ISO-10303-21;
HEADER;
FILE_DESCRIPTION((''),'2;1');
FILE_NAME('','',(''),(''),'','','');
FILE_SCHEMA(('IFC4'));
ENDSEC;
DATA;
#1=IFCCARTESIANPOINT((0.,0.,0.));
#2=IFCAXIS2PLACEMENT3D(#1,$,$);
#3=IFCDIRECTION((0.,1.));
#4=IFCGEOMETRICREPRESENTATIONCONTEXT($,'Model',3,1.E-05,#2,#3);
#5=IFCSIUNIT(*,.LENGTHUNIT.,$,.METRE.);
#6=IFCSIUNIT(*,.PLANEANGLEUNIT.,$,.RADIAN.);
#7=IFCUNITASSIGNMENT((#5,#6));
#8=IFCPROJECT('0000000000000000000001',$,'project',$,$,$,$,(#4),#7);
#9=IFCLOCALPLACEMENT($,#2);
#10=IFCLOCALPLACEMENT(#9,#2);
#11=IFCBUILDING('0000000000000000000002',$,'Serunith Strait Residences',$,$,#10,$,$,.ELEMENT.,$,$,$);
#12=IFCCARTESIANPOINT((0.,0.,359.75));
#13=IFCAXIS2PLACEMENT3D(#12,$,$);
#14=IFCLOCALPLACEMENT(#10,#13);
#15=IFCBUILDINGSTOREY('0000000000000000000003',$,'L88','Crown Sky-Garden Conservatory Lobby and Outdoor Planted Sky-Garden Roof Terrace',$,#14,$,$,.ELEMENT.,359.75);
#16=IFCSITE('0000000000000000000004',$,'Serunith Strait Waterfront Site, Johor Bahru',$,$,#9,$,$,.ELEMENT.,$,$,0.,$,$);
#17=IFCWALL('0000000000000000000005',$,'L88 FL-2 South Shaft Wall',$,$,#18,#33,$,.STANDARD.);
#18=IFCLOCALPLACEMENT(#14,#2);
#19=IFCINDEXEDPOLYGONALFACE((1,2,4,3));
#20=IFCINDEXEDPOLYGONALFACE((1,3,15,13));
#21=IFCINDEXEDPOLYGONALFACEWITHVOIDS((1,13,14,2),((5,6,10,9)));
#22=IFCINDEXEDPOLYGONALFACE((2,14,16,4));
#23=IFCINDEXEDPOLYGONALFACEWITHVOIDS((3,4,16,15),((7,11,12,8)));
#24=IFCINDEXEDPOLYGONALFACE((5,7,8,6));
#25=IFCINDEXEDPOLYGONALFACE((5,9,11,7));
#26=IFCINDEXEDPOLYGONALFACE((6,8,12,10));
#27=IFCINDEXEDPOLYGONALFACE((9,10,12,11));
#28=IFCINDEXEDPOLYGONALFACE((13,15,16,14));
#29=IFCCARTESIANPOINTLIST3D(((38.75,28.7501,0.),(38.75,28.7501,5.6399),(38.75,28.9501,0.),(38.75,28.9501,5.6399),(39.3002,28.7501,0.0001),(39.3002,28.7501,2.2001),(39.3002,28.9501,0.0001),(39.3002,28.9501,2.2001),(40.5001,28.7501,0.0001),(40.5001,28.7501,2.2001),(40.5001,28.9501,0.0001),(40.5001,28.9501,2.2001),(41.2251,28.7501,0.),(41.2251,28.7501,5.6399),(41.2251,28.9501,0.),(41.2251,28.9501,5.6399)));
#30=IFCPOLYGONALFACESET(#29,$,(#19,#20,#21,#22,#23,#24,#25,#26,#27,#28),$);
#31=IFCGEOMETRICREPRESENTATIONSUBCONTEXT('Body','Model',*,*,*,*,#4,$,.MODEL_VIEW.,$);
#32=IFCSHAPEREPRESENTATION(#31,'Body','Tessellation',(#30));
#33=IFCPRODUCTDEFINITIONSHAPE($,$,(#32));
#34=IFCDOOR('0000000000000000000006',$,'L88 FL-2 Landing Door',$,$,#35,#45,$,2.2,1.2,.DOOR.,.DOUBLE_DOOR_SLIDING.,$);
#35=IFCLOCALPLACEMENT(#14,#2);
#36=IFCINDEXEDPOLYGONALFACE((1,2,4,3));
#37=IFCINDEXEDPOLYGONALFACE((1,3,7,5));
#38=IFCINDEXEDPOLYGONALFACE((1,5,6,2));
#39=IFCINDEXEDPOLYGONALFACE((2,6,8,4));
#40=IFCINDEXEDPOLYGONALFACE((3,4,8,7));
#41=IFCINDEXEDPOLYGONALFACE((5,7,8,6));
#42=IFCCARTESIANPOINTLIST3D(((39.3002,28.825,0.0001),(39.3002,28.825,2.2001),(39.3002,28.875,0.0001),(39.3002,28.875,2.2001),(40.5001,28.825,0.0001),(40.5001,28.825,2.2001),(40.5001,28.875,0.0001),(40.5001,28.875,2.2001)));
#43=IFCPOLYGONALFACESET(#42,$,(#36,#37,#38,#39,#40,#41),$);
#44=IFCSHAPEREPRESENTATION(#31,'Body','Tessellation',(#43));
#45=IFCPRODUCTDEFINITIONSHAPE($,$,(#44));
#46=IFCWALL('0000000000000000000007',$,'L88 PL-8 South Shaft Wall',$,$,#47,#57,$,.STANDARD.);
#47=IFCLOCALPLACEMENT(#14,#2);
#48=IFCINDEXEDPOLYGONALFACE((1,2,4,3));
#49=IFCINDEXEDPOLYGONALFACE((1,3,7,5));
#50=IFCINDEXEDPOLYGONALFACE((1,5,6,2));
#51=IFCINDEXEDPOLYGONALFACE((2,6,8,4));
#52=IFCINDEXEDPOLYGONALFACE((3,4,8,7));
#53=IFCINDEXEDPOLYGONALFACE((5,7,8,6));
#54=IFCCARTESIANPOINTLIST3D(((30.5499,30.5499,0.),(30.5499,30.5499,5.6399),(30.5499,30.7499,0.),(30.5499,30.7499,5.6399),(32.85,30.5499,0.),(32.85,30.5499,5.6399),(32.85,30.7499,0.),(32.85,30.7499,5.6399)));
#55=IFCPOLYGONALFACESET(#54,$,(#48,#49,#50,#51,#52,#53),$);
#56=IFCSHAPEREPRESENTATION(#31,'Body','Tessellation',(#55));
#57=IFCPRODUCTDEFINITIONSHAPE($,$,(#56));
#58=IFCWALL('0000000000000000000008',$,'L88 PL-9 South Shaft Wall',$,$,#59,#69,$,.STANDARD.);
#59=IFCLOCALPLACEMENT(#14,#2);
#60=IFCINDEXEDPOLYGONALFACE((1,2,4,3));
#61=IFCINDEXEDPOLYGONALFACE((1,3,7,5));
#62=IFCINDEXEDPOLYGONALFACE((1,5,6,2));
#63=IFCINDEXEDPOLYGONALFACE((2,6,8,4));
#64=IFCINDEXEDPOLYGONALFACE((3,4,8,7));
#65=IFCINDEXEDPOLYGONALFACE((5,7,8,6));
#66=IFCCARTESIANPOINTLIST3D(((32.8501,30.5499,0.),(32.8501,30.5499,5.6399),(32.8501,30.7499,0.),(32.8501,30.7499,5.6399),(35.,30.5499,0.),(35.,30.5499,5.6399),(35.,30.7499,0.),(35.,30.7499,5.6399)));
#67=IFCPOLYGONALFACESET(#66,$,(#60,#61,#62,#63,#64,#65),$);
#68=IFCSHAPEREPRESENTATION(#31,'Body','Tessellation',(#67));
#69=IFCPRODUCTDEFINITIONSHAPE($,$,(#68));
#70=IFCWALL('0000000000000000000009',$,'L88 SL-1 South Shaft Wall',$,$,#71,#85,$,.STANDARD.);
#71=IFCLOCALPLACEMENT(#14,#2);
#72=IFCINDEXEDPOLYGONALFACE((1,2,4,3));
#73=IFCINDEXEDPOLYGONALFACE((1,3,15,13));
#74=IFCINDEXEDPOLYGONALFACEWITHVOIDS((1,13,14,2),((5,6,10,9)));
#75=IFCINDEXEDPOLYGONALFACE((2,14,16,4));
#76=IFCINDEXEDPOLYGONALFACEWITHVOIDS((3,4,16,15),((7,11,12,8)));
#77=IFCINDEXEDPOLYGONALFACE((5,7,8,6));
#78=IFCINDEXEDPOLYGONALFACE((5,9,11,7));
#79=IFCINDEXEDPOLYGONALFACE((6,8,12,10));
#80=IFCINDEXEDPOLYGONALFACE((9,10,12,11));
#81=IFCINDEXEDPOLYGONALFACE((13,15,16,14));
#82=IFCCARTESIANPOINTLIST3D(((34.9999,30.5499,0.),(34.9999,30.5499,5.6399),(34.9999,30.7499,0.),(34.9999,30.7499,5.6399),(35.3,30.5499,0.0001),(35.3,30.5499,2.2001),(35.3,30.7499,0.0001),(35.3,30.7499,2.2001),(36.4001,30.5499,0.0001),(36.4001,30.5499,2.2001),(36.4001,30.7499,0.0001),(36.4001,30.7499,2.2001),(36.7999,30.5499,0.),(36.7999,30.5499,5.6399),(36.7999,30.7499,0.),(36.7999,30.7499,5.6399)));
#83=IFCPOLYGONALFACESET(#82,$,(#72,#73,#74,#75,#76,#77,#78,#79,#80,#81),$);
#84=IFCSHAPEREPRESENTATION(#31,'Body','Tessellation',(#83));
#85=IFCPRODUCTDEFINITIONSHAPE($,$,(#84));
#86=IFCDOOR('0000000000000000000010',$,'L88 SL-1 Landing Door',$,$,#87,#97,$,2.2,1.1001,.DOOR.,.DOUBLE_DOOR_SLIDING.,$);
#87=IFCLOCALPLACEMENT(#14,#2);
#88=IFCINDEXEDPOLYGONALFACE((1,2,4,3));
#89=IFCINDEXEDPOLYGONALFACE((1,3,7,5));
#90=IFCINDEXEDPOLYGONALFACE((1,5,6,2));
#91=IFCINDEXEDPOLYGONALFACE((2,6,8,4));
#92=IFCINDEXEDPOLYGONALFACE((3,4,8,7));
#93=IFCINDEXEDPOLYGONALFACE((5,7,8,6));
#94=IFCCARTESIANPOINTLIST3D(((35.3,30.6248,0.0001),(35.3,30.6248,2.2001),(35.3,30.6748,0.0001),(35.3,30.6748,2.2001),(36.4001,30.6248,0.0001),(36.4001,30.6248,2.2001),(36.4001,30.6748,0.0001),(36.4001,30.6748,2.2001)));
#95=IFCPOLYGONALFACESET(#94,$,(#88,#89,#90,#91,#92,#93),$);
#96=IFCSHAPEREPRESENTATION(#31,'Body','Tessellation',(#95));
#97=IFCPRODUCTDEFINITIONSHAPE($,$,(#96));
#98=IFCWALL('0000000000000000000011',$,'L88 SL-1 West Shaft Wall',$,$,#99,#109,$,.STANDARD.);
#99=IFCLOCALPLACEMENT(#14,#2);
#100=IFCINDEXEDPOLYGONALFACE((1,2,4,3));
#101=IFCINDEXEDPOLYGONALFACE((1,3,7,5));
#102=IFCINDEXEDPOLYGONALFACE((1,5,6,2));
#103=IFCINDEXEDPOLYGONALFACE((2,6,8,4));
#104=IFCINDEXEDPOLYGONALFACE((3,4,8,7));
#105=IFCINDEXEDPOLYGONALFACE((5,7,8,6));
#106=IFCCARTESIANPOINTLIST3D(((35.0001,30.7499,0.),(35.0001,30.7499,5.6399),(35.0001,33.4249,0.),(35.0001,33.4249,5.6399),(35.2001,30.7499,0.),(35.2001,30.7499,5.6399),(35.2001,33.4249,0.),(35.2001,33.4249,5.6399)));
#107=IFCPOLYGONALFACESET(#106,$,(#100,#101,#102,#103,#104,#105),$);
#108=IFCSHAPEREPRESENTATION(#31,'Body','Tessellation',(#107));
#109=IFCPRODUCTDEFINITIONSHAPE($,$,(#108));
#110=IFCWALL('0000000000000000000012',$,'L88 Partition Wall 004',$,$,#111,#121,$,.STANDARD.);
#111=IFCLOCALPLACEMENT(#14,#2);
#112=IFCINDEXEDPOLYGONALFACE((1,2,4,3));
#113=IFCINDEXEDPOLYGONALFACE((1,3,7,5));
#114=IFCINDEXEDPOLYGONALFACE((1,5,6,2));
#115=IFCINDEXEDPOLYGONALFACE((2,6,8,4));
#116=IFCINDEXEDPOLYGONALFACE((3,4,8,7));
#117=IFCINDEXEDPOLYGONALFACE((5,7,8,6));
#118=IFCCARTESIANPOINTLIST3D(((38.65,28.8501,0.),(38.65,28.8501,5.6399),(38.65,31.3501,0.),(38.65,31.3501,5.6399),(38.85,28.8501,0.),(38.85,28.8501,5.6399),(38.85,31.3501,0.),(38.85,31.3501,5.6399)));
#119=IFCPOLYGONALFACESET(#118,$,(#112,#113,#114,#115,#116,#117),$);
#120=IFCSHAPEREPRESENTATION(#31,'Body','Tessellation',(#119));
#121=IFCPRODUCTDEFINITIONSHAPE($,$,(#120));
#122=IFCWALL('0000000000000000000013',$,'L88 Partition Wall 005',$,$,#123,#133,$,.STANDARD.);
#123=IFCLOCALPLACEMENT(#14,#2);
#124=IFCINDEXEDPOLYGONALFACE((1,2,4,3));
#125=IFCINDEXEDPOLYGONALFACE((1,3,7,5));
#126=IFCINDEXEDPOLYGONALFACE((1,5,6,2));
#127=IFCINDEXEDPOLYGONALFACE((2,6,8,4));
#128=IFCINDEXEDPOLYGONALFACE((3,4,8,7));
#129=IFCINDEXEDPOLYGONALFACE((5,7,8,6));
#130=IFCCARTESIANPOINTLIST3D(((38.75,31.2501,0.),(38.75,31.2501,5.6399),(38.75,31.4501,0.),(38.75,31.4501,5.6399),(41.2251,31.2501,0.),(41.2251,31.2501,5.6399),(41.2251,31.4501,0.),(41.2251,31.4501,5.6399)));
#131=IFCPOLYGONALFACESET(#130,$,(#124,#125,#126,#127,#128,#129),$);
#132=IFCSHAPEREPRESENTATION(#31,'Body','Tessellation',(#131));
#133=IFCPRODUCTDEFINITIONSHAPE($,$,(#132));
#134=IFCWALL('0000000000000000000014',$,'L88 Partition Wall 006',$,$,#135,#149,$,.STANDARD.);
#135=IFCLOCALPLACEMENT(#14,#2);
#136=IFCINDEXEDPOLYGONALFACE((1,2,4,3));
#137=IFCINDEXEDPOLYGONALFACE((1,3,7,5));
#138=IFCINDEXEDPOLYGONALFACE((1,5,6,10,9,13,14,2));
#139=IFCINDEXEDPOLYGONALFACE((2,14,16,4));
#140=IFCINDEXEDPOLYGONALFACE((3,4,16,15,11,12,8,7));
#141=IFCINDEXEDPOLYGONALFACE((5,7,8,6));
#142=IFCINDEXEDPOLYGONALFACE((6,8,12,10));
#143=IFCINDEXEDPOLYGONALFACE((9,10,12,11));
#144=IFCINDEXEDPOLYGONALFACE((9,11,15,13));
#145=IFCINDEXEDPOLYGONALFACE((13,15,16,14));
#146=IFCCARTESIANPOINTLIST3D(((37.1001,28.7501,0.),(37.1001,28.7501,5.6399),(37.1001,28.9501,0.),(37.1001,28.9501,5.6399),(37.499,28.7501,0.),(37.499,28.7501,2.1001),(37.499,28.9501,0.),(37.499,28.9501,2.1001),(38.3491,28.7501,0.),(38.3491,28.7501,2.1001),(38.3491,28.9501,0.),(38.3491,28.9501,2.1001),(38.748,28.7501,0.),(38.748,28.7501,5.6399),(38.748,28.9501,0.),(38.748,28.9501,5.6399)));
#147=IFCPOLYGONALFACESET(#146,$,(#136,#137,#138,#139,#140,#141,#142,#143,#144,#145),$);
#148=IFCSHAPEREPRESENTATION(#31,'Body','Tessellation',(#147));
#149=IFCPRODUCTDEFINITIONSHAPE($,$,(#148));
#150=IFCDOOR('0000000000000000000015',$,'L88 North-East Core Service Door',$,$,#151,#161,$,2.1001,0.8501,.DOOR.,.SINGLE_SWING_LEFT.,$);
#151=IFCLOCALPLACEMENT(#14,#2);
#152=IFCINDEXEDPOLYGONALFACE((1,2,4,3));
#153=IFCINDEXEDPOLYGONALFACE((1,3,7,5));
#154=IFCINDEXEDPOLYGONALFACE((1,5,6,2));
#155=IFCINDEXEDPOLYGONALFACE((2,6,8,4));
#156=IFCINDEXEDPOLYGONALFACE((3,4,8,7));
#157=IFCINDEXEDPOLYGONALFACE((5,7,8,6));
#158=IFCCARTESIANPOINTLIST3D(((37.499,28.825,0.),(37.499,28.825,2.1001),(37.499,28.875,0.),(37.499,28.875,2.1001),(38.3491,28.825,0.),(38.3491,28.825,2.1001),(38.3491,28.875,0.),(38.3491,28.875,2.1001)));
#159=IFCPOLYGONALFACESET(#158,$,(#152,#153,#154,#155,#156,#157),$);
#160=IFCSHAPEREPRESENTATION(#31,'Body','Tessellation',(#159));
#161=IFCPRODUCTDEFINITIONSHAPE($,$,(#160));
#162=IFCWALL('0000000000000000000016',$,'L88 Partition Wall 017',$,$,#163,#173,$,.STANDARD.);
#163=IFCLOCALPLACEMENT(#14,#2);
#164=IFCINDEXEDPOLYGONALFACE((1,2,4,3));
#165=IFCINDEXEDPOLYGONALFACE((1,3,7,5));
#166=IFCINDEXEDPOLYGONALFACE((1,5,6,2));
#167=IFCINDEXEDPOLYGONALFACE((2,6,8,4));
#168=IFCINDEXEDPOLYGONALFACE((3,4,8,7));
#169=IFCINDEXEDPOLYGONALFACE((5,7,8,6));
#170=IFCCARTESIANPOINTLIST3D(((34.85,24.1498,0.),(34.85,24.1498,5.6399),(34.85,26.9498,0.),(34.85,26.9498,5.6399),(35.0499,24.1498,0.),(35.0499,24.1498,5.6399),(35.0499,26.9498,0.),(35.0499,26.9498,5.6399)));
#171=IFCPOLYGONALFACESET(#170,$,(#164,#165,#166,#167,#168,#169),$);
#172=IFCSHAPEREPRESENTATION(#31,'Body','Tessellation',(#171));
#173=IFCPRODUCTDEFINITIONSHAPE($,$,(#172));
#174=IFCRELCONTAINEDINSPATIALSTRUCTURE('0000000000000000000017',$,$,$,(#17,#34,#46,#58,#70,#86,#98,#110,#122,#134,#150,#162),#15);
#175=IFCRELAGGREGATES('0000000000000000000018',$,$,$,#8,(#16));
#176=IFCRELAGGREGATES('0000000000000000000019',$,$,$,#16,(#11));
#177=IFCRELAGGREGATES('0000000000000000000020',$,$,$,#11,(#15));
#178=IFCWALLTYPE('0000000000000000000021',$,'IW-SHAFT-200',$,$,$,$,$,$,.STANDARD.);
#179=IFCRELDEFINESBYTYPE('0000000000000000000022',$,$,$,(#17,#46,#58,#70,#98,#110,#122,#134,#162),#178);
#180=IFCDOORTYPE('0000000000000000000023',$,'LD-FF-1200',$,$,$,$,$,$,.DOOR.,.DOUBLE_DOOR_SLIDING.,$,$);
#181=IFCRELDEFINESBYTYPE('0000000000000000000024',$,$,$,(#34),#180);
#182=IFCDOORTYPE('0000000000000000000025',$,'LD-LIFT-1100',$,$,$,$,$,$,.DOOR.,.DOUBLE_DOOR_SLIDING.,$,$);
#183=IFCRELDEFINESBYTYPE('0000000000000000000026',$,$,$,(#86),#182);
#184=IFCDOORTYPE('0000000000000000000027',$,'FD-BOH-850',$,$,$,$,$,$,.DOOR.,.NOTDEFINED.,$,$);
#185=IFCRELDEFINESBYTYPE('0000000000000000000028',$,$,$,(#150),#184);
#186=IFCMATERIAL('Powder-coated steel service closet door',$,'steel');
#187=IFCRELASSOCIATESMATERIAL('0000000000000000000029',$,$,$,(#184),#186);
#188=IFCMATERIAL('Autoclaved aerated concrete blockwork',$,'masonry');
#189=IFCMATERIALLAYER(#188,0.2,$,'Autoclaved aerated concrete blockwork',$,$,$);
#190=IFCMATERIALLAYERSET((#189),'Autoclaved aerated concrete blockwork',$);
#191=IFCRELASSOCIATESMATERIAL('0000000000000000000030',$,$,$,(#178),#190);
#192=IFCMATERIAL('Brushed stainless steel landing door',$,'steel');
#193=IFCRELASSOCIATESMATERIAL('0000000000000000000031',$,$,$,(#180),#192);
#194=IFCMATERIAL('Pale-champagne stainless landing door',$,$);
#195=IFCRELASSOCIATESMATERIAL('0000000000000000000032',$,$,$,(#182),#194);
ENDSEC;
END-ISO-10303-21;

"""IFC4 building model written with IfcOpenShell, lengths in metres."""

from ifc_helpers import new_model, si_unit, direction, frame, frame_2d, origin, place, context, subcontext, project, spatial, rectangle, extrude, source, transform, mapped, material, layer, layer_set, type_object, element, fill, save


model = new_model("IFC4")

# Units and contexts
model_context = context("Model", 3, precision=1e-05, world=origin(), true_north=direction((0.0, 1.0)))
body_context = subcontext(model_context, "Body", "Model", "MODEL_VIEW")
ifc_project = project(units=[si_unit("LENGTHUNIT", "METRE"), si_unit("PLANEANGLEUNIT", "RADIAN")], contexts=[model_context])

# Site, building, storey
site_placement = place(None, origin())
site = spatial("IfcSite", under=ifc_project, at=site_placement, Name="Serunith Strait Waterfront Site, Johor Bahru", CompositionType="ELEMENT", RefElevation=0.0)
building_placement = place(site_placement, origin())
building = spatial("IfcBuilding", under=site, at=building_placement, Name="Serunith Strait Residences", CompositionType="ELEMENT")
storey_placement = place(building_placement, frame((0.0, 0.0, 359.75)))
storey = spatial("IfcBuildingStorey", under=building, at=storey_placement, Name="L88", Description="Crown Sky-Garden Conservatory Lobby and Outdoor Planted Sky-Garden Roof Terrace", CompositionType="ELEMENT", Elevation=359.75)

# Wall, opening, door
ifc_material_1 = material(Name="Powder-coated steel service closet door", Category="steel")
door_type_1 = type_object("IfcDoorType", Name="FD-BOH-850", OperationType="NOTDEFINED", PredefinedType="DOOR", material=ifc_material_1)
shared_shape_1 = source(origin(), body_context, "Body", "SweptSolid", [
    extrude(rectangle(XDim=0.8501, YDim=2.1001, at=frame_2d((0.425, 1.05))), frame((0.0, 0.0249, 0.0), z_axis=(0.0, -1.0, 0.0), x_axis=(1.0, 0.0, 0.0)), (0.0, 0.0, 1.0), 0.05),
])
ifc_material_2 = material(Name="Autoclaved aerated concrete blockwork", Category="masonry")
ifc_layer_1 = layer(ifc_material_2, 0.2, Name="Autoclaved aerated concrete blockwork")
ifc_layer_set_1 = layer_set([ifc_layer_1], Name="Autoclaved aerated concrete blockwork")
wall_type_1 = type_object("IfcWallType", Name="IW-SHAFT-200", PredefinedType="STANDARD", material=ifc_layer_set_1)
wall_1_placement = place(storey_placement, frame((38.75, 28.8501, 0.0), z_axis=(0.0, 0.0, 1.0), x_axis=(1.0, 0.0, 0.0)))
wall_1 = element("IfcWall", 1, at=wall_1_placement, inside=storey, type_object=wall_type_1, Name="L88 FL-2 South Shaft Wall", PredefinedType="STANDARD", context=body_context, shape_type="SweptSolid", body=[
    extrude(rectangle(XDim=2.4751, YDim=0.2, at=frame_2d((1.2375, 0.0))), origin(), (0.0, 0.0, 1.0), 5.6399),
])
opening_1_placement = place(wall_1_placement, frame((0.55, 0.0, 0.0)))
opening_1 = element("IfcOpeningElement", 2, at=opening_1_placement, cuts=wall_1, PredefinedType="OPENING", context=body_context, shape_type="SweptSolid", body=[
    extrude(rectangle(XDim=1.2, YDim=2.2, at=frame_2d((0.6001, 1.1001))), frame((0.0, 0.1099, 0.0), z_axis=(0.0, -1.0, 0.0), x_axis=(1.0, 0.0, 0.0)), (0.0, 0.0, 1.0), 0.22),
])
ifc_material_3 = material(Name="Brushed stainless steel landing door", Category="steel")
door_type_2 = type_object("IfcDoorType", Name="LD-FF-1200", OperationType="DOUBLE_DOOR_SLIDING", PredefinedType="DOOR", material=ifc_material_3)
shared_shape_2 = source(origin(), body_context, "Body", "SweptSolid", [
    extrude(rectangle(XDim=1.2, YDim=2.2, at=frame_2d((0.6001, 1.1001))), frame((0.0, 0.0249, 0.0), z_axis=(0.0, -1.0, 0.0), x_axis=(1.0, 0.0, 0.0)), (0.0, 0.0, 1.0), 0.05),
])
door_1_placement = place(opening_1_placement, origin())
door_1 = element("IfcDoor", 3, at=door_1_placement, inside=storey, type_object=door_type_2, Name="L88 FL-2 Landing Door", OperationType="DOUBLE_DOOR_SLIDING", OverallHeight=2.2, OverallWidth=1.2, PredefinedType="DOOR", context=body_context, shape_type="MappedRepresentation", body=[
    mapped(shared_shape_2, transform((0.0, 0.0, 0.0), scale=1.0)),
])
fill(opening_1, door_1)

# Walls
wall_2_placement = place(storey_placement, frame((30.55, 30.6499, 0.0), z_axis=(0.0, 0.0, 1.0), x_axis=(1.0, 0.0, 0.0)))
element("IfcWall", 4, at=wall_2_placement, inside=storey, type_object=wall_type_1, Name="L88 PL-8 South Shaft Wall", PredefinedType="STANDARD", context=body_context, shape_type="SweptSolid", body=[
    extrude(rectangle(XDim=2.3, YDim=0.2, at=frame_2d((1.1499, 0.0))), origin(), (0.0, 0.0, 1.0), 5.6399),
])
wall_3_placement = place(storey_placement, frame((32.8501, 30.6499, 0.0), z_axis=(0.0, 0.0, 1.0), x_axis=(1.0, 0.0, 0.0)))
element("IfcWall", 5, at=wall_3_placement, inside=storey, type_object=wall_type_1, Name="L88 PL-9 South Shaft Wall", PredefinedType="STANDARD", context=body_context, shape_type="SweptSolid", body=[
    extrude(rectangle(XDim=2.1499, YDim=0.2, at=frame_2d((1.075, 0.0))), origin(), (0.0, 0.0, 1.0), 5.6399),
])

# Wall, opening, door
wall_4_placement = place(storey_placement, frame((35.0, 30.6499, 0.0), z_axis=(0.0, 0.0, 1.0), x_axis=(1.0, 0.0, 0.0)))
wall_4 = element("IfcWall", 6, at=wall_4_placement, inside=storey, type_object=wall_type_1, Name="L88 SL-1 South Shaft Wall", PredefinedType="STANDARD", context=body_context, shape_type="SweptSolid", body=[
    extrude(rectangle(XDim=1.8, YDim=0.2, at=frame_2d((0.8999, 0.0))), origin(), (0.0, 0.0, 1.0), 5.6399),
])
opening_2_placement = place(wall_4_placement, frame((0.3, 0.0, 0.0)))
opening_2 = element("IfcOpeningElement", 7, at=opening_2_placement, cuts=wall_4, PredefinedType="OPENING", context=body_context, shape_type="SweptSolid", body=[
    extrude(rectangle(XDim=1.1001, YDim=2.2, at=frame_2d((0.55, 1.1001))), frame((0.0, 0.1099, 0.0), z_axis=(0.0, -1.0, 0.0), x_axis=(1.0, 0.0, 0.0)), (0.0, 0.0, 1.0), 0.22),
])
ifc_material_4 = material(Name="Pale-champagne stainless landing door")
door_type_3 = type_object("IfcDoorType", Name="LD-LIFT-1100", OperationType="DOUBLE_DOOR_SLIDING", PredefinedType="DOOR", material=ifc_material_4)
shared_shape_3 = source(origin(), body_context, "Body", "SweptSolid", [
    extrude(rectangle(XDim=1.1001, YDim=2.2, at=frame_2d((0.55, 1.1001))), frame((0.0, 0.0249, 0.0), z_axis=(0.0, -1.0, 0.0), x_axis=(1.0, 0.0, 0.0)), (0.0, 0.0, 1.0), 0.05),
])
door_2_placement = place(opening_2_placement, origin())
door_2 = element("IfcDoor", 8, at=door_2_placement, inside=storey, type_object=door_type_3, Name="L88 SL-1 Landing Door", OperationType="DOUBLE_DOOR_SLIDING", OverallHeight=2.2, OverallWidth=1.1001, PredefinedType="DOOR", context=body_context, shape_type="MappedRepresentation", body=[
    mapped(shared_shape_3, transform((0.0, 0.0, 0.0), scale=1.0)),
])
fill(opening_2, door_2)

# Walls
wall_5_placement = place(storey_placement, frame((35.1001, 30.75, 0.0), z_axis=(0.0, 0.0, 1.0), x_axis=(0.0, 1.0, 0.0)))
element("IfcWall", 9, at=wall_5_placement, inside=storey, type_object=wall_type_1, Name="L88 SL-1 West Shaft Wall", PredefinedType="STANDARD", context=body_context, shape_type="SweptSolid", body=[
    extrude(rectangle(XDim=2.675, YDim=0.2, at=frame_2d((1.3374, 0.0))), origin(), (0.0, 0.0, 1.0), 5.6399),
])
wall_6_placement = place(storey_placement, frame((38.75, 28.8501, 0.0), z_axis=(0.0, 0.0, 1.0), x_axis=(0.0, 1.0, 0.0)))
element("IfcWall", 10, at=wall_6_placement, inside=storey, type_object=wall_type_1, Name="L88 Partition Wall 004", PredefinedType="STANDARD", context=body_context, shape_type="SweptSolid", body=[
    extrude(rectangle(XDim=2.5, YDim=0.2, at=frame_2d((1.25, 0.0))), origin(), (0.0, 0.0, 1.0), 5.6399),
])
wall_7_placement = place(storey_placement, frame((38.75, 31.3501, 0.0), z_axis=(0.0, 0.0, 1.0), x_axis=(1.0, 0.0, 0.0)))
element("IfcWall", 11, at=wall_7_placement, inside=storey, type_object=wall_type_1, Name="L88 Partition Wall 005", PredefinedType="STANDARD", context=body_context, shape_type="SweptSolid", body=[
    extrude(rectangle(XDim=2.4751, YDim=0.2, at=frame_2d((1.2375, 0.0))), origin(), (0.0, 0.0, 1.0), 5.6399),
])

# Wall, opening, door
wall_8_placement = place(storey_placement, frame((37.1001, 28.8501, 0.0), z_axis=(0.0, 0.0, 1.0), x_axis=(1.0, 0.0, 0.0)))
wall_8 = element("IfcWall", 12, at=wall_8_placement, inside=storey, type_object=wall_type_1, Name="L88 Partition Wall 006", PredefinedType="STANDARD", context=body_context, shape_type="SweptSolid", body=[
    extrude(rectangle(XDim=1.6479, YDim=0.2, at=frame_2d((0.824, 0.0))), origin(), (0.0, 0.0, 1.0), 5.6399),
])
opening_3_placement = place(wall_8_placement, frame((0.3989, 0.0, 0.0)))
opening_3 = element("IfcOpeningElement", 13, at=opening_3_placement, cuts=wall_8, PredefinedType="OPENING", context=body_context, shape_type="SweptSolid", body=[
    extrude(rectangle(XDim=0.8501, YDim=2.1001, at=frame_2d((0.425, 1.05))), frame((0.0, 0.1099, 0.0), z_axis=(0.0, -1.0, 0.0), x_axis=(1.0, 0.0, 0.0)), (0.0, 0.0, 1.0), 0.22),
])
door_3_placement = place(opening_3_placement, origin())
door_3 = element("IfcDoor", 14, at=door_3_placement, inside=storey, type_object=door_type_1, Name="L88 North-East Core Service Door", OperationType="SINGLE_SWING_LEFT", OverallHeight=2.1001, OverallWidth=0.8501, PredefinedType="DOOR", context=body_context, shape_type="MappedRepresentation", body=[
    mapped(shared_shape_1, transform((0.0, 0.0, 0.0), scale=1.0)),
])
fill(opening_3, door_3)

# Wall
for number, where, z_axis, x_axis, name in (
    (15, (34.95, 24.1499, 0.0), (0.0, 0.0, 1.0), (0.0, 1.0, 0.0), "L88 Partition Wall 017"),
):
    element("IfcWall", number, at=place(storey_placement, frame(where, z_axis=z_axis, x_axis=x_axis)), inside=storey, type_object=wall_type_1, Name=name, PredefinedType="STANDARD", context=body_context, shape_type="SweptSolid", body=[
        extrude(rectangle(XDim=2.8, YDim=0.2, at=frame_2d((1.3999, 0.0))), origin(), (0.0, 0.0, 1.0), 5.6399),
    ])

save(model, "model.ifc")
